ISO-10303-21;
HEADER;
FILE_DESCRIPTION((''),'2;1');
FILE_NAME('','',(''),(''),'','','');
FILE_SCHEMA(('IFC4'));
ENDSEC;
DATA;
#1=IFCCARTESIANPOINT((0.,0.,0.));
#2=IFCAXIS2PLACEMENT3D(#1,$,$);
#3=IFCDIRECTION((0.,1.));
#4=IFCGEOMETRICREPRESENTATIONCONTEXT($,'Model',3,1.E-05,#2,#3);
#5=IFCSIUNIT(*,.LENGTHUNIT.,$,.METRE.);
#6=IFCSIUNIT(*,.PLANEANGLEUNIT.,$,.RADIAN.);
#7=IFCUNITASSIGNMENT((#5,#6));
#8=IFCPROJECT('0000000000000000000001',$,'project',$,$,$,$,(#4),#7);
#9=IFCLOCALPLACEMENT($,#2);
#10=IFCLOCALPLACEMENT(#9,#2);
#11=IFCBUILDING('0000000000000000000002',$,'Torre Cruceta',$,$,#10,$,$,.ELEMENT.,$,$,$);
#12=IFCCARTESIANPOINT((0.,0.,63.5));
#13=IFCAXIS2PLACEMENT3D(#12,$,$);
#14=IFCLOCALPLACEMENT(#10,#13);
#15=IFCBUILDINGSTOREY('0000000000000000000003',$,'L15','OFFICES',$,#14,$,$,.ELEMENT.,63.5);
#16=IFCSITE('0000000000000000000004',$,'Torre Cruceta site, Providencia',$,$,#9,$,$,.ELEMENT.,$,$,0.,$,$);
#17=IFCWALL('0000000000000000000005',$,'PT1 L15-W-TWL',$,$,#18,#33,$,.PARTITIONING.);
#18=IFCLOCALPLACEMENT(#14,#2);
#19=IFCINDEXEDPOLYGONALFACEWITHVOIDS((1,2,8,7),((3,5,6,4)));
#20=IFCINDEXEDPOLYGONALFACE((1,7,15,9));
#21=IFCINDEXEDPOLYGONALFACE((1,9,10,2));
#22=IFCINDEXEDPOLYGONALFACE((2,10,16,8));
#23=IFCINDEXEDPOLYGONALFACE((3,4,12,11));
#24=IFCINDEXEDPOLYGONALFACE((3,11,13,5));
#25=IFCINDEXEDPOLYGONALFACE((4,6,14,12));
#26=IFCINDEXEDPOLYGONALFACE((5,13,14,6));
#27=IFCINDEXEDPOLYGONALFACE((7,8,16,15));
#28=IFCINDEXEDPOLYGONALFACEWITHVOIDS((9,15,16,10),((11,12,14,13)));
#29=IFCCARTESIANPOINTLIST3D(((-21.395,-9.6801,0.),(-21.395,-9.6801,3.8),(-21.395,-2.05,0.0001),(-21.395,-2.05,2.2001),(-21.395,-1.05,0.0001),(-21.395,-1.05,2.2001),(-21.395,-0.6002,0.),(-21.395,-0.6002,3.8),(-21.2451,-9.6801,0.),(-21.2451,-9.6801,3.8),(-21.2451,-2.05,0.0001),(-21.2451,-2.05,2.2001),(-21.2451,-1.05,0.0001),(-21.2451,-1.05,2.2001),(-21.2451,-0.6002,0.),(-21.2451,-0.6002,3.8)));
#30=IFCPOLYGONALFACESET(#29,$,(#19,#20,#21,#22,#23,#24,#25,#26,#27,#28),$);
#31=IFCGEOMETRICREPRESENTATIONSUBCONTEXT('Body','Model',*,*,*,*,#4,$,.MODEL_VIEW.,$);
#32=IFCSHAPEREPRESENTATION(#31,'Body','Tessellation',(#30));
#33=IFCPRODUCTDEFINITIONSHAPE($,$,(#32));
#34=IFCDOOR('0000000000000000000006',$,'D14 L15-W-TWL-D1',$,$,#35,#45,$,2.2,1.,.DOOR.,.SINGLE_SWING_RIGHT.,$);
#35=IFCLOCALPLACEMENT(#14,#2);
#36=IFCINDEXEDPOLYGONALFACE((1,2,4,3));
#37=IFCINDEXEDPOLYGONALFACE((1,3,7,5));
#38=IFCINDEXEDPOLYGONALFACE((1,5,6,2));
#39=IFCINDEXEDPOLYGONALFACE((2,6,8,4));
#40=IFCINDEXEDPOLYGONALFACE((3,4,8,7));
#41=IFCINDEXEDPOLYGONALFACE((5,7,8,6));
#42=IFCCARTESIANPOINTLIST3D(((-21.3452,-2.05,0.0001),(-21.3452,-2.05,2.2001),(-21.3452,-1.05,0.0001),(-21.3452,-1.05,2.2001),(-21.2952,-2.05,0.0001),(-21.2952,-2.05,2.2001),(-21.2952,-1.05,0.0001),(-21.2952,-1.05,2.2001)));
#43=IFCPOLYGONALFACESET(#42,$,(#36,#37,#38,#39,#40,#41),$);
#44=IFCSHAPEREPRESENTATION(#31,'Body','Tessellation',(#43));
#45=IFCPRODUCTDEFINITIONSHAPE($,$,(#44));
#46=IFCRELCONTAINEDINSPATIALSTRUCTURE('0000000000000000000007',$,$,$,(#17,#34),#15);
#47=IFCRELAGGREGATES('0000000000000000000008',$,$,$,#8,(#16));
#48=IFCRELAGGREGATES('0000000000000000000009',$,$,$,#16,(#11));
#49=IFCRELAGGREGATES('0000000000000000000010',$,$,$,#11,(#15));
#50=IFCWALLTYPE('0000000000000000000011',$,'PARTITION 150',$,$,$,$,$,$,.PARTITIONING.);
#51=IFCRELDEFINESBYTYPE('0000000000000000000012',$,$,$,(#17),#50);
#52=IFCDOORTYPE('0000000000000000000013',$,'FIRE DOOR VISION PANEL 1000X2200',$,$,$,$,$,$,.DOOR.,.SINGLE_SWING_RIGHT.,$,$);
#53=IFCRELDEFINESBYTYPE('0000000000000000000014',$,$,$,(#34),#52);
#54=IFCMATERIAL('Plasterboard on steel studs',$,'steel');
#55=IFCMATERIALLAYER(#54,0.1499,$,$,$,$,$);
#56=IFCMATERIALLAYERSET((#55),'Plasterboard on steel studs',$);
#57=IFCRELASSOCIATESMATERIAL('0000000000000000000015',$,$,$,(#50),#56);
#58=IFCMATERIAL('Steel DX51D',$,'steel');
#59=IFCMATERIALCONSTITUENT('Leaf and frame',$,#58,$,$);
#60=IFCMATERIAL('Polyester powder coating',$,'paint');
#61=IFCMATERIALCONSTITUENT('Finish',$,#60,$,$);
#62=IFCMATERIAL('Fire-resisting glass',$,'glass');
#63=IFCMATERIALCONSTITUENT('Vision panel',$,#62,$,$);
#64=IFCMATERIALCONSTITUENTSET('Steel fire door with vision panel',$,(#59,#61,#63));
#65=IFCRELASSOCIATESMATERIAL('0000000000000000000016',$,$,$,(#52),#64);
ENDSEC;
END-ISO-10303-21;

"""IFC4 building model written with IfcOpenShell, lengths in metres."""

from ifc_helpers import new_model, si_unit, direction, frame, frame_2d, origin, place, context, subcontext, project, spatial, rectangle, extrude, material, layer, layer_set, constituent, constituent_set, type_object, element, fill, save


model = new_model("IFC4")

# Units and contexts
model_context = context("Model", 3, precision=1e-05, world=origin(), true_north=direction((0.0, 1.0)))
body_context = subcontext(model_context, "Body", "Model", "MODEL_VIEW")
ifc_project = project(units=[si_unit("LENGTHUNIT", "METRE"), si_unit("PLANEANGLEUNIT", "RADIAN")], contexts=[model_context])

# Site, building, storey
site_placement = place(None, origin())
site = spatial("IfcSite", under=ifc_project, at=site_placement, Name="Torre Cruceta site, Providencia", CompositionType="ELEMENT", RefElevation=0.0)
building_placement = place(site_placement, origin())
building = spatial("IfcBuilding", under=site, at=building_placement, Name="Torre Cruceta", CompositionType="ELEMENT")
storey_placement = place(building_placement, frame((0.0, 0.0, 63.5)))
storey = spatial("IfcBuildingStorey", under=building, at=storey_placement, Name="L15", Description="OFFICES", CompositionType="ELEMENT", Elevation=63.5)

# Wall, opening, door
ifc_material_1 = material(Name="Plasterboard on steel studs", Category="steel")
ifc_layer_1 = layer(ifc_material_1, 0.1499)
ifc_layer_set_1 = layer_set([ifc_layer_1], Name="Plasterboard on steel studs")
wall_type_1 = type_object("IfcWallType", Name="PARTITION 150", PredefinedType="PARTITIONING", material=ifc_layer_set_1)
wall_1_placement = place(storey_placement, frame((-21.3201, -0.6001, 0.0), z_axis=(0.0, 0.0, 1.0), x_axis=(0.0, -1.0, 0.0)))
wall_1 = element("IfcWall", 1, at=wall_1_placement, inside=storey, type_object=wall_type_1, Name="PT1 L15-W-TWL", PredefinedType="PARTITIONING", context=body_context, shape_type="SweptSolid", body=[
    extrude(rectangle(XDim=9.0798, YDim=0.1499, at=frame_2d((4.54, 0.0))), origin(), (0.0, 0.0, 1.0), 3.8),
])
opening_1_placement = place(wall_1_placement, frame((0.45, 0.0, 0.0)))
opening_1 = element("IfcOpeningElement", 2, at=opening_1_placement, cuts=wall_1, PredefinedType="OPENING", context=body_context, shape_type="SweptSolid", body=[
    extrude(rectangle(XDim=1.0, YDim=2.2, at=frame_2d((0.5, 1.1001))), frame((0.0, 0.085, 0.0), z_axis=(0.0, -1.0, 0.0), x_axis=(1.0, 0.0, 0.0)), (0.0, 0.0, 1.0), 0.1699),
])
ifc_material_2 = material(Name="Steel DX51D", Category="steel")
ifc_constituent_1 = constituent(ifc_material_2, Name="Leaf and frame")
ifc_material_3 = material(Name="Polyester powder coating", Category="paint")
ifc_constituent_2 = constituent(ifc_material_3, Name="Finish")
ifc_material_4 = material(Name="Fire-resisting glass", Category="glass")
ifc_constituent_3 = constituent(ifc_material_4, Name="Vision panel")
ifc_constituent_set_1 = constituent_set(constituents=[ifc_constituent_1, ifc_constituent_2, ifc_constituent_3], Name="Steel fire door with vision panel")
door_type = type_object("IfcDoorType", Name="FIRE DOOR VISION PANEL 1000X2200", OperationType="SINGLE_SWING_RIGHT", PredefinedType="DOOR", material=ifc_constituent_set_1)
door_placement = place(opening_1_placement, frame((1.0, 0.0, 0.0), z_axis=(0.0, 0.0, 1.0), x_axis=(-1.0, 0.0, 0.0)))
door = element("IfcDoor", 3, at=door_placement, inside=storey, type_object=door_type, Name="D14 L15-W-TWL-D1", OperationType="SINGLE_SWING_RIGHT", OverallHeight=2.2, OverallWidth=1.0, PredefinedType="DOOR", context=body_context, shape_type="SweptSolid", body=[
    extrude(rectangle(XDim=1.0, YDim=2.2, at=frame_2d((0.5, 1.1001))), frame((0.0, 0.0251, 0.0), z_axis=(0.0, -1.0, 0.0), x_axis=(1.0, 0.0, 0.0)), (0.0, 0.0, 1.0), 0.05),
])
fill(opening_1, door)

save(model, "model.ifc")
